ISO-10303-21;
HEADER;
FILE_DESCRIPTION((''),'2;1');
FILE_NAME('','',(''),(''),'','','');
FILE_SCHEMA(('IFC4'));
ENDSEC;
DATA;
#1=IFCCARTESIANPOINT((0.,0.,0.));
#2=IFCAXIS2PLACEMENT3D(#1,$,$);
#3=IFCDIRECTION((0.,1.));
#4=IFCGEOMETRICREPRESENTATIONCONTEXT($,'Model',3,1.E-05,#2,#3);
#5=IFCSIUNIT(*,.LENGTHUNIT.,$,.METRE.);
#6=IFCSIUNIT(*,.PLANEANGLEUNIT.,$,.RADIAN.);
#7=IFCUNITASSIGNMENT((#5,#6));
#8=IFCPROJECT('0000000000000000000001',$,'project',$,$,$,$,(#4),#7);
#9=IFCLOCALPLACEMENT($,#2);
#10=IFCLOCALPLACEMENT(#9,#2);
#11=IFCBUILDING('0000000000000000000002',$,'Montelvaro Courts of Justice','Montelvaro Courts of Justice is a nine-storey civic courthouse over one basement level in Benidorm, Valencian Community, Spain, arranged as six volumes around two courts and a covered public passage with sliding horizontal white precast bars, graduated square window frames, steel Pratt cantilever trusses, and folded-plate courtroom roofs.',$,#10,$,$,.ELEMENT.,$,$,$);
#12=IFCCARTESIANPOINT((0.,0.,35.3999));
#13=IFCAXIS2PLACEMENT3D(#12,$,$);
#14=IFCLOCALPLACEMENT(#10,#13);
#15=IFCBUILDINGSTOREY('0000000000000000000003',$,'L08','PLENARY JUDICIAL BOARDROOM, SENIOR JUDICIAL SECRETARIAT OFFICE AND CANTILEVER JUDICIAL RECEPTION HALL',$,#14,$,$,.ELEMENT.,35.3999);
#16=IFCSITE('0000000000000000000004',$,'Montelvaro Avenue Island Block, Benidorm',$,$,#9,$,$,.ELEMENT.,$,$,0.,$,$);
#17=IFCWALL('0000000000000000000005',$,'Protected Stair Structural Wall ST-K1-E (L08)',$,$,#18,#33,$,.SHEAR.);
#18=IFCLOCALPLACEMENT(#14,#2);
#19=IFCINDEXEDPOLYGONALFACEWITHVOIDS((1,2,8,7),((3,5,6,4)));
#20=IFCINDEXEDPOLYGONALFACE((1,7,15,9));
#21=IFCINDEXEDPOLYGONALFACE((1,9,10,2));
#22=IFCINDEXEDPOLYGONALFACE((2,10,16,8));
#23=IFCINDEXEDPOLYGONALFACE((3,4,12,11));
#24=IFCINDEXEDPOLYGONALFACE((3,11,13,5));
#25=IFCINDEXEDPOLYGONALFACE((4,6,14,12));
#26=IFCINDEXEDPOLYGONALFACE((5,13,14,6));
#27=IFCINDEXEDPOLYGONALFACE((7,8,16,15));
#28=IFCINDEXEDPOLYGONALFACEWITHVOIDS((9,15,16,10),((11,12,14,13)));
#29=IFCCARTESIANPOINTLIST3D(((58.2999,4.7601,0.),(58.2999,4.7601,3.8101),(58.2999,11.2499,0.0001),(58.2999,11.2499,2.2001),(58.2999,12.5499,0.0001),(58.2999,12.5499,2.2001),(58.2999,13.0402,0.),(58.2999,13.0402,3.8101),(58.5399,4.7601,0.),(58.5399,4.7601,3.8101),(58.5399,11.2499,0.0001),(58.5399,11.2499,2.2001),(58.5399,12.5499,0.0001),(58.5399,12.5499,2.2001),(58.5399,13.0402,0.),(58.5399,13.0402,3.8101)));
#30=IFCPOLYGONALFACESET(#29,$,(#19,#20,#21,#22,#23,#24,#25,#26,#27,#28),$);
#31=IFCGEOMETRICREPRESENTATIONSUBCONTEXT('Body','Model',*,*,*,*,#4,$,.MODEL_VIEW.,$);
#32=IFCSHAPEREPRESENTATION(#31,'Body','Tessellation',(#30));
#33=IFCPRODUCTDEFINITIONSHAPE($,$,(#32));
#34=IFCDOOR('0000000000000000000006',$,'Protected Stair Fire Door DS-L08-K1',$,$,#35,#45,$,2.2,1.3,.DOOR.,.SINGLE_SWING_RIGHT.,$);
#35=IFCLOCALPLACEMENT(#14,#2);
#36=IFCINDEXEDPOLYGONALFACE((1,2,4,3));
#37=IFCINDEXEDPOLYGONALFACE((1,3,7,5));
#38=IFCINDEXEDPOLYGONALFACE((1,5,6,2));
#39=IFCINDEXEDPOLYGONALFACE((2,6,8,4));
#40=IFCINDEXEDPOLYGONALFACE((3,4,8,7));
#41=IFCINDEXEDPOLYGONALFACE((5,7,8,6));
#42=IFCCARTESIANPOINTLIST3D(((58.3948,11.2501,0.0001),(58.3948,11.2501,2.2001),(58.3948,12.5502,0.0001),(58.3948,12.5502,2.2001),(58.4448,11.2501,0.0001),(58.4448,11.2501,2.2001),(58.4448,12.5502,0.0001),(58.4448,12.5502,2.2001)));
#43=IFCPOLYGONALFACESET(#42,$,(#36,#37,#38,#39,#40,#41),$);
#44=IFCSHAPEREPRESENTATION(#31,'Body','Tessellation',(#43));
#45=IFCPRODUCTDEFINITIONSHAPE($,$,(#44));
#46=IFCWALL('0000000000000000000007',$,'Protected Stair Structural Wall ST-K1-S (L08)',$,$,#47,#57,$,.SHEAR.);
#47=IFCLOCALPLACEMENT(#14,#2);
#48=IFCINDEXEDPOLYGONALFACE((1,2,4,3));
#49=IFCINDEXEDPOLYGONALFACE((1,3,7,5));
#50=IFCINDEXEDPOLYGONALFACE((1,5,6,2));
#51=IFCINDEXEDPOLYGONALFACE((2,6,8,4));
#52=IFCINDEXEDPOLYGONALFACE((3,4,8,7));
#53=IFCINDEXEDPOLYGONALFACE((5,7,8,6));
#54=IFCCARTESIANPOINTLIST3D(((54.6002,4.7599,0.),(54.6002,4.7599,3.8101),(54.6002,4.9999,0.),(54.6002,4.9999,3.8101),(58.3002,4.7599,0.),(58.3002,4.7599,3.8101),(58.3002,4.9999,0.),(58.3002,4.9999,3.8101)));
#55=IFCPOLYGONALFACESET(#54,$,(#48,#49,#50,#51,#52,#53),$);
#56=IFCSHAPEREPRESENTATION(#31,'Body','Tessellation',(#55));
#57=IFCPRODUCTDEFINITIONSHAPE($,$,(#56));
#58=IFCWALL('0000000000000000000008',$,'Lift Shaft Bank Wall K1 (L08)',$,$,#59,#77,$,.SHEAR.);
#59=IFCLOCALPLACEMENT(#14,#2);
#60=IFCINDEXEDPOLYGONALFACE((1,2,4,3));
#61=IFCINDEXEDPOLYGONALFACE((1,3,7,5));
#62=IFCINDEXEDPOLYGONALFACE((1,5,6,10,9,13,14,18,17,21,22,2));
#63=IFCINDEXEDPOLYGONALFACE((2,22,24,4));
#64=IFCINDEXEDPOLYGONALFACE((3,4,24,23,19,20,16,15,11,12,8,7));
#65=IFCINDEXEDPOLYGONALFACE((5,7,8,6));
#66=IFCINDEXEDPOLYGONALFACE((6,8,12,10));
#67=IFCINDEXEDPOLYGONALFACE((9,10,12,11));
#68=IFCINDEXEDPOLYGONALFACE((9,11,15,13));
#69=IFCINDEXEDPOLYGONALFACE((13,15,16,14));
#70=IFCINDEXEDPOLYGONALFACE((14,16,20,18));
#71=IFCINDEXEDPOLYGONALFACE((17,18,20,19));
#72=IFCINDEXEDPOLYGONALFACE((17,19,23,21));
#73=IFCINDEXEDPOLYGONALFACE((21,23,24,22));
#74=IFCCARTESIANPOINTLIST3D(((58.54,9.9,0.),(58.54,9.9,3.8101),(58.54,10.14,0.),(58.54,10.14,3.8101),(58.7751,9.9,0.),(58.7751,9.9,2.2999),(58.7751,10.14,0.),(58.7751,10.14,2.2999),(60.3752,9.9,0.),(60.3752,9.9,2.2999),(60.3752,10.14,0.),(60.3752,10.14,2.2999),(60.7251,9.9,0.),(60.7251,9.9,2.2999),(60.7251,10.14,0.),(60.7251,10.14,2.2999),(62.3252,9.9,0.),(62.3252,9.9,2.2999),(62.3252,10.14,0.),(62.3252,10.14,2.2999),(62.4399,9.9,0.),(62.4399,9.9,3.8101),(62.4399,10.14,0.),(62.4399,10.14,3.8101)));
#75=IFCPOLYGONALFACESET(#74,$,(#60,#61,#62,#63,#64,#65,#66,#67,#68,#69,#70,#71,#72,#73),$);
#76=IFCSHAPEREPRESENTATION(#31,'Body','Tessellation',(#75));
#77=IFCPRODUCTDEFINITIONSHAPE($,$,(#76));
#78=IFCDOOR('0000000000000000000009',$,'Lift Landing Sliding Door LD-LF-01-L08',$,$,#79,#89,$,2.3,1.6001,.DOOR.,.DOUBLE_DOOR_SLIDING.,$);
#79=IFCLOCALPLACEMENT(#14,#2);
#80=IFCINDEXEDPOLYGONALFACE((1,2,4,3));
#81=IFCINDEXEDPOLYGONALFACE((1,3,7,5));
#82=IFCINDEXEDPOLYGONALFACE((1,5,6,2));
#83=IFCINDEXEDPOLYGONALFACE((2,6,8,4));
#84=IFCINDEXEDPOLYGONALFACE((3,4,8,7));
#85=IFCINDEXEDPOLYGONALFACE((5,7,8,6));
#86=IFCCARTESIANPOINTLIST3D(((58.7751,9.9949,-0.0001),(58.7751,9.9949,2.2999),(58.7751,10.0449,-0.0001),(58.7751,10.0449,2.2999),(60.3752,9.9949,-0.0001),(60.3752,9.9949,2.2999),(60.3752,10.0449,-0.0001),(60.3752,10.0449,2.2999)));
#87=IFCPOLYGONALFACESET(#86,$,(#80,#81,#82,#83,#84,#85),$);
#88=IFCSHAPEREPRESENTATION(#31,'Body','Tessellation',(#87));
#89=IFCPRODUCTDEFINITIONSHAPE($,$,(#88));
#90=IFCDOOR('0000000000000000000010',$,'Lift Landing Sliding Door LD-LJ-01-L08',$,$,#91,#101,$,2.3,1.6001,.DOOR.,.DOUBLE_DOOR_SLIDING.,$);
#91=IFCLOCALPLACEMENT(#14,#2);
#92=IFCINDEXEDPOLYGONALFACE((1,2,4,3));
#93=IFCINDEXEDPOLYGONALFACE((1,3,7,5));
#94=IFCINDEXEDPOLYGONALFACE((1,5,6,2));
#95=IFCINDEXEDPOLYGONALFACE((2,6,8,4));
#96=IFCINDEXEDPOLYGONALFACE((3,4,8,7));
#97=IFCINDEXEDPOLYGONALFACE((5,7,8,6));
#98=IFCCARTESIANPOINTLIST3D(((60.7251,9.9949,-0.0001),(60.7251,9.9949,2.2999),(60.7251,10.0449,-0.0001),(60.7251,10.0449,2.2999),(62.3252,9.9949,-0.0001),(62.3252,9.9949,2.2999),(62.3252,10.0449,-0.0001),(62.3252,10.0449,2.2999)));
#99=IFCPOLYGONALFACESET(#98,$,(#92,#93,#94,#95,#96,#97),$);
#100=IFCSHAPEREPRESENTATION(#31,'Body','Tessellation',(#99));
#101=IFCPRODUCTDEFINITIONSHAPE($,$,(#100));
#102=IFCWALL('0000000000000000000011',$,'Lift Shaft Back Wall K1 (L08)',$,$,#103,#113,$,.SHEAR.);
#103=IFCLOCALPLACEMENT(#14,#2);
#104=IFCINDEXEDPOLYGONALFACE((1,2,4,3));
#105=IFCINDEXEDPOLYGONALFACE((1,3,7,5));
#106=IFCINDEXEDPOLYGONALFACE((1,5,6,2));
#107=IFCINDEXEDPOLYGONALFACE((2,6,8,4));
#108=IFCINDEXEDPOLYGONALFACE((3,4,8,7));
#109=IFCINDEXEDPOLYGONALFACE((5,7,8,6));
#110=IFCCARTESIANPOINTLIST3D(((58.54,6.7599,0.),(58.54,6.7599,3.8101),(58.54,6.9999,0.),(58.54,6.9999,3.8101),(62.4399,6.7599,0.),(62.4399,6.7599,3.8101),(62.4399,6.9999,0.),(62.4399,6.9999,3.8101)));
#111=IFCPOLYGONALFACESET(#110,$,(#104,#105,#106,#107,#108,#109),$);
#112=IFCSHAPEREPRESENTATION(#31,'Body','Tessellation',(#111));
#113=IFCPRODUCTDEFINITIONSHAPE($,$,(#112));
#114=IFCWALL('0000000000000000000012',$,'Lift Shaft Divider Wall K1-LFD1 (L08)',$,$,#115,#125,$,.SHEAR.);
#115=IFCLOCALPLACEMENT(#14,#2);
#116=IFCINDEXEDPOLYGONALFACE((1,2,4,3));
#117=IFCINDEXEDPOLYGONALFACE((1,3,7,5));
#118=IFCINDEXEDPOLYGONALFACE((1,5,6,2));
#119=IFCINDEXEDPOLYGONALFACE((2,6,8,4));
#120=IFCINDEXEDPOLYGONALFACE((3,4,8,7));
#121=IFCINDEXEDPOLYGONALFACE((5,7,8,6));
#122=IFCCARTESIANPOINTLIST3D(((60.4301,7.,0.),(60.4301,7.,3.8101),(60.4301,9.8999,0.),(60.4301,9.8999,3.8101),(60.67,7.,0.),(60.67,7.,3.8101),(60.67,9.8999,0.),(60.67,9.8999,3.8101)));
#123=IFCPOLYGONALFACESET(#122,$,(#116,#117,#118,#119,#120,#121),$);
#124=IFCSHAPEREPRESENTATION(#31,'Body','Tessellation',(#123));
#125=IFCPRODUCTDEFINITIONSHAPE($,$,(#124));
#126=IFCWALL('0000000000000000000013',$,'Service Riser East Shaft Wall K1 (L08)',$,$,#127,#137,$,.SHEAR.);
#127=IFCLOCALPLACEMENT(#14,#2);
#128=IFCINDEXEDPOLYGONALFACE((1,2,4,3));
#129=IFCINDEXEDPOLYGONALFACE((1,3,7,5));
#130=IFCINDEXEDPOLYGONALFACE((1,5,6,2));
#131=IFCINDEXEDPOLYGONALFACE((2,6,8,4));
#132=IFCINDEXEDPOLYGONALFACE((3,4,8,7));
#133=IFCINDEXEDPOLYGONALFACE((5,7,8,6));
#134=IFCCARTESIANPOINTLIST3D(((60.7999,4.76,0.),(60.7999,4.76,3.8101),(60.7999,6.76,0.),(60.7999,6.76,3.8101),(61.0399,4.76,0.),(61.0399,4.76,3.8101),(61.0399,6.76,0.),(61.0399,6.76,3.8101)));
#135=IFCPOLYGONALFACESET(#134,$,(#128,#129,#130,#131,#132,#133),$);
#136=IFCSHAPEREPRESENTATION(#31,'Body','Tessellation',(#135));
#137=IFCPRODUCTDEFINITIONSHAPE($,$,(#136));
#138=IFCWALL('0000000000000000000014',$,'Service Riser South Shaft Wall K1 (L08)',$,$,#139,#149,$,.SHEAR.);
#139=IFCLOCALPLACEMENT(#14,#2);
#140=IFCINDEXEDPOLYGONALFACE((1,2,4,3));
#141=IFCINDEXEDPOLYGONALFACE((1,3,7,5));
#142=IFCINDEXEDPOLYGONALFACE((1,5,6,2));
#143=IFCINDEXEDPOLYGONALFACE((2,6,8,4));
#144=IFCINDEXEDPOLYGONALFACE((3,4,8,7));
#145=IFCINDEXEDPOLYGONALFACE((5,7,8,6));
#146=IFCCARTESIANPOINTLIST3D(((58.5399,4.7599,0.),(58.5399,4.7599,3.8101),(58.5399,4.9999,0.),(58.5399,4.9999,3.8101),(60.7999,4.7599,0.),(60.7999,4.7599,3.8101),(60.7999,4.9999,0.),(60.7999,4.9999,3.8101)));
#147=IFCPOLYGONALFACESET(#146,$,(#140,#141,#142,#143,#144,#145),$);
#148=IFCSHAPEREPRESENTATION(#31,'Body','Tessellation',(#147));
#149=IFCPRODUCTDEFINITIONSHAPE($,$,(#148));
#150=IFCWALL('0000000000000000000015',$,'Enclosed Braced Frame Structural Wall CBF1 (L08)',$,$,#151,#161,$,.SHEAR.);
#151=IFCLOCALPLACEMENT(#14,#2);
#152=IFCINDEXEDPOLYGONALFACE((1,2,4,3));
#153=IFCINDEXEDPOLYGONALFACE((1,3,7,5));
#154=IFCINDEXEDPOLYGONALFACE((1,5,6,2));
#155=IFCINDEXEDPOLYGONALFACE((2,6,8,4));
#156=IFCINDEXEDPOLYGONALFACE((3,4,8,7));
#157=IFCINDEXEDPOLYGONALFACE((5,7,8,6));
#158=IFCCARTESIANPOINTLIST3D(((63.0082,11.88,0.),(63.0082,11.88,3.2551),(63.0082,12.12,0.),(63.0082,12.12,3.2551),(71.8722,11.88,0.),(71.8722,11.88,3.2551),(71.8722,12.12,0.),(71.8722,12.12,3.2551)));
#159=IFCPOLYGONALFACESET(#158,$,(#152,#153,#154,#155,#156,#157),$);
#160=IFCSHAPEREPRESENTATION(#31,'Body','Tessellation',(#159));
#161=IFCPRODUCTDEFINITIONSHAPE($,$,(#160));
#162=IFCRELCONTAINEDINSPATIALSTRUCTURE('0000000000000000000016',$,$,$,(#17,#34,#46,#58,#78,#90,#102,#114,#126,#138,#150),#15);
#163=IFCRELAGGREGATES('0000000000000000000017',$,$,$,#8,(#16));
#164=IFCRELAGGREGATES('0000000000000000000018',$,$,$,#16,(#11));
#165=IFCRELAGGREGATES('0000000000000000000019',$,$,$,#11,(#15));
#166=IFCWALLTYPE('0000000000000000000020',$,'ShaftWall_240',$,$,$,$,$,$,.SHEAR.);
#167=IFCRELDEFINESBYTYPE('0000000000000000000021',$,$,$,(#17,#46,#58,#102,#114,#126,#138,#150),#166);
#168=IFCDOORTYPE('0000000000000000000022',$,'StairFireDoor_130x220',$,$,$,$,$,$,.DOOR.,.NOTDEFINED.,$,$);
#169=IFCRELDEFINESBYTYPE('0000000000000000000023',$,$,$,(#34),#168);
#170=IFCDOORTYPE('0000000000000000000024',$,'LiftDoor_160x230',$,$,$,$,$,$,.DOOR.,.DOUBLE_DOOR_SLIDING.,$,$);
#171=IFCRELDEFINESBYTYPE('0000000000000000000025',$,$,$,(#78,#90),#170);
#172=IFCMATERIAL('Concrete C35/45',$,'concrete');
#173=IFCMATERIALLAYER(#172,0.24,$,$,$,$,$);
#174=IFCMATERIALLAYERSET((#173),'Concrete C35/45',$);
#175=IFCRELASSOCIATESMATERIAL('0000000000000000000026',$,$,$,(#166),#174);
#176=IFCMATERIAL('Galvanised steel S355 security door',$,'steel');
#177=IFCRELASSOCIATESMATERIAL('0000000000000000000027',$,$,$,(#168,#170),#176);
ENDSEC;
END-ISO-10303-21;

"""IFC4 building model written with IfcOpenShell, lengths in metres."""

from ifc_helpers import new_model, si_unit, direction, frame, frame_2d, origin, place, context, subcontext, project, spatial, rectangle, extrude, material, layer, layer_set, type_object, element, fill, save


model = new_model("IFC4")

# Units and contexts
model_context = context("Model", 3, precision=1e-05, world=origin(), true_north=direction((0.0, 1.0)))
body_context = subcontext(model_context, "Body", "Model", "MODEL_VIEW")
ifc_project = project(units=[si_unit("LENGTHUNIT", "METRE"), si_unit("PLANEANGLEUNIT", "RADIAN")], contexts=[model_context])

# Site, building, storey
site_placement = place(None, origin())
site = spatial("IfcSite", under=ifc_project, at=site_placement, Name="Montelvaro Avenue Island Block, Benidorm", CompositionType="ELEMENT", RefElevation=0.0)
building_placement = place(site_placement, origin())
building = spatial("IfcBuilding", under=site, at=building_placement, Name="Montelvaro Courts of Justice", Description="Montelvaro Courts of Justice is a nine-storey civic courthouse over one basement level in Benidorm, Valencian Community, Spain, arranged as six volumes around two courts and a covered public passage with sliding horizontal white precast bars, graduated square window frames, steel Pratt cantilever trusses, and folded-plate courtroom roofs.", CompositionType="ELEMENT")
storey_placement = place(building_placement, frame((0.0, 0.0, 35.3999)))
storey = spatial("IfcBuildingStorey", under=building, at=storey_placement, Name="L08", Description="PLENARY JUDICIAL BOARDROOM, SENIOR JUDICIAL SECRETARIAT OFFICE AND CANTILEVER JUDICIAL RECEPTION HALL", CompositionType="ELEMENT", Elevation=35.3999)

# Wall, opening, door
ifc_material_1 = material(Name="Concrete C35/45", Category="concrete")
ifc_layer_1 = layer(ifc_material_1, 0.24)
ifc_layer_set_1 = layer_set([ifc_layer_1], Name="Concrete C35/45")
wall_type_1 = type_object("IfcWallType", Name="ShaftWall_240", PredefinedType="SHEAR", material=ifc_layer_set_1)
wall_1_placement = place(storey_placement, frame((58.4199, 4.76, 0.0), z_axis=(0.0, 0.0, 1.0), x_axis=(0.0, 1.0, 0.0)))
wall_1 = element("IfcWall", 1, at=wall_1_placement, inside=storey, type_object=wall_type_1, Name="Protected Stair Structural Wall ST-K1-E (L08)", PredefinedType="SHEAR", context=body_context, shape_type="SweptSolid", body=[
    extrude(rectangle(XDim=8.28, YDim=0.24, at=frame_2d((4.1401, 0.0))), origin(), (0.0, 0.0, 1.0), 3.8101),
])
opening_1_placement = place(wall_1_placement, frame((6.49, 0.0, 0.0)))
opening_1 = element("IfcOpeningElement", 2, at=opening_1_placement, cuts=wall_1, PredefinedType="OPENING", context=body_context, shape_type="SweptSolid", body=[
    extrude(rectangle(XDim=1.3, YDim=2.2, at=frame_2d((0.6499, 1.1001))), frame((0.0, 0.1348, 0.0), z_axis=(0.0, -1.0, 0.0), x_axis=(1.0, 0.0, 0.0)), (0.0, 0.0, 1.0), 0.2698),
])
ifc_material_2 = material(Name="Galvanised steel S355 security door", Category="steel")
door_type_1 = type_object("IfcDoorType", Name="StairFireDoor_130x220", OperationType="NOTDEFINED", PredefinedType="DOOR", material=ifc_material_2)
door_1_placement = place(opening_1_placement, frame((1.3, 0.0, 0.0), z_axis=(0.0, 0.0, 1.0), x_axis=(-1.0, 0.0, 0.0)))
door_1 = element("IfcDoor", 3, at=door_1_placement, inside=storey, type_object=door_type_1, Name="Protected Stair Fire Door DS-L08-K1", OperationType="SINGLE_SWING_RIGHT", OverallHeight=2.2, OverallWidth=1.3, PredefinedType="DOOR", context=body_context, shape_type="SweptSolid", body=[
    extrude(rectangle(XDim=1.3, YDim=2.2, at=frame_2d((0.6499, 1.1001))), frame((0.0, 0.0249, 0.0), z_axis=(0.0, -1.0, 0.0), x_axis=(1.0, 0.0, 0.0)), (0.0, 0.0, 1.0), 0.05),
])
fill(opening_1, door_1)

# Wall
wall_2_placement = place(storey_placement, frame((54.6001, 4.8799, 0.0), z_axis=(0.0, 0.0, 1.0), x_axis=(1.0, 0.0, 0.0)))
element("IfcWall", 4, at=wall_2_placement, inside=storey, type_object=wall_type_1, Name="Protected Stair Structural Wall ST-K1-S (L08)", PredefinedType="SHEAR", context=body_context, shape_type="SweptSolid", body=[
    extrude(rectangle(XDim=3.7, YDim=0.24, at=frame_2d((1.8501, 0.0))), origin(), (0.0, 0.0, 1.0), 3.8101),
])

# Wall, openings, doors
wall_3_placement = place(storey_placement, frame((58.54, 10.02, 0.0), z_axis=(0.0, 0.0, 1.0), x_axis=(1.0, 0.0, 0.0)))
wall_3 = element("IfcWall", 5, at=wall_3_placement, inside=storey, type_object=wall_type_1, Name="Lift Shaft Bank Wall K1 (L08)", PredefinedType="SHEAR", context=body_context, shape_type="SweptSolid", body=[
    extrude(rectangle(XDim=3.8999, YDim=0.24, at=frame_2d((1.95, 0.0))), origin(), (0.0, 0.0, 1.0), 3.8101),
])
opening_2_placement = place(wall_3_placement, frame((0.2351, 0.0, 0.0)))
opening_2 = element("IfcOpeningElement", 6, at=opening_2_placement, cuts=wall_3, PredefinedType="OPENING", context=body_context, shape_type="SweptSolid", body=[
    extrude(rectangle(XDim=1.6001, YDim=2.3, at=frame_2d((0.8, 1.1499))), frame((0.0, 0.1348, 0.0), z_axis=(0.0, -1.0, 0.0), x_axis=(1.0, 0.0, 0.0)), (0.0, 0.0, 1.0), 0.2698),
])
opening_3_placement = place(wall_3_placement, frame((2.1851, 0.0, 0.0)))
opening_3 = element("IfcOpeningElement", 7, at=opening_3_placement, cuts=wall_3, PredefinedType="OPENING", context=body_context, shape_type="SweptSolid", body=[
    extrude(rectangle(XDim=1.6001, YDim=2.3, at=frame_2d((0.8, 1.1499))), frame((0.0, 0.1348, 0.0), z_axis=(0.0, -1.0, 0.0), x_axis=(1.0, 0.0, 0.0)), (0.0, 0.0, 1.0), 0.2698),
])
door_type_2 = type_object("IfcDoorType", Name="LiftDoor_160x230", OperationType="DOUBLE_DOOR_SLIDING", PredefinedType="DOOR", material=ifc_material_2)
door_2_placement = place(opening_2_placement, origin())
door_2 = element("IfcDoor", 8, at=door_2_placement, inside=storey, type_object=door_type_2, Name="Lift Landing Sliding Door LD-LF-01-L08", OperationType="DOUBLE_DOOR_SLIDING", OverallHeight=2.3, OverallWidth=1.6001, PredefinedType="DOOR", context=body_context, shape_type="SweptSolid", body=[
    extrude(rectangle(XDim=1.6001, YDim=2.3, at=frame_2d((0.8, 1.1499))), frame((0.0, 0.0249, 0.0), z_axis=(0.0, -1.0, 0.0), x_axis=(1.0, 0.0, 0.0)), (0.0, 0.0, 1.0), 0.05),
])
fill(opening_2, door_2)
door_3_placement = place(opening_3_placement, origin())
door_3 = element("IfcDoor", 9, at=door_3_placement, inside=storey, type_object=door_type_2, Name="Lift Landing Sliding Door LD-LJ-01-L08", OperationType="DOUBLE_DOOR_SLIDING", OverallHeight=2.3, OverallWidth=1.6001, PredefinedType="DOOR", context=body_context, shape_type="SweptSolid", body=[
    extrude(rectangle(XDim=1.6001, YDim=2.3, at=frame_2d((0.8, 1.1499))), frame((0.0, 0.0249, 0.0), z_axis=(0.0, -1.0, 0.0), x_axis=(1.0, 0.0, 0.0)), (0.0, 0.0, 1.0), 0.05),
])
fill(opening_3, door_3)

# Walls
wall_4_placement = place(storey_placement, frame((58.54, 6.8799, 0.0), z_axis=(0.0, 0.0, 1.0), x_axis=(1.0, 0.0, 0.0)))
element("IfcWall", 10, at=wall_4_placement, inside=storey, type_object=wall_type_1, Name="Lift Shaft Back Wall K1 (L08)", PredefinedType="SHEAR", context=body_context, shape_type="SweptSolid", body=[
    extrude(rectangle(XDim=3.8999, YDim=0.24, at=frame_2d((1.95, 0.0))), origin(), (0.0, 0.0, 1.0), 3.8101),
])
wall_5_placement = place(storey_placement, frame((60.55, 7.0, 0.0), z_axis=(0.0, 0.0, 1.0), x_axis=(0.0, 1.0, 0.0)))
element("IfcWall", 11, at=wall_5_placement, inside=storey, type_object=wall_type_1, Name="Lift Shaft Divider Wall K1-LFD1 (L08)", PredefinedType="SHEAR", context=body_context, shape_type="SweptSolid", body=[
    extrude(rectangle(XDim=2.8999, YDim=0.24, at=frame_2d((1.45, 0.0))), origin(), (0.0, 0.0, 1.0), 3.8101),
])
wall_6_placement = place(storey_placement, frame((60.9199, 4.76, 0.0), z_axis=(0.0, 0.0, 1.0), x_axis=(0.0, 1.0, 0.0)))
element("IfcWall", 12, at=wall_6_placement, inside=storey, type_object=wall_type_1, Name="Service Riser East Shaft Wall K1 (L08)", PredefinedType="SHEAR", context=body_context, shape_type="SweptSolid", body=[
    extrude(rectangle(XDim=2.0, YDim=0.24, at=frame_2d((1.0, 0.0))), origin(), (0.0, 0.0, 1.0), 3.8101),
])
wall_7_placement = place(storey_placement, frame((58.54, 4.8799, 0.0), z_axis=(0.0, 0.0, 1.0), x_axis=(1.0, 0.0, 0.0)))
element("IfcWall", 13, at=wall_7_placement, inside=storey, type_object=wall_type_1, Name="Service Riser South Shaft Wall K1 (L08)", PredefinedType="SHEAR", context=body_context, shape_type="SweptSolid", body=[
    extrude(rectangle(XDim=2.26, YDim=0.24, at=frame_2d((1.1299, 0.0))), origin(), (0.0, 0.0, 1.0), 3.8101),
])
wall_8_placement = place(storey_placement, frame((63.0081, 12.0, 0.0), z_axis=(0.0, 0.0, 1.0), x_axis=(1.0, 0.0, 0.0)))
element("IfcWall", 14, at=wall_8_placement, inside=storey, type_object=wall_type_1, Name="Enclosed Braced Frame Structural Wall CBF1 (L08)", PredefinedType="SHEAR", context=body_context, shape_type="SweptSolid", body=[
    extrude(rectangle(XDim=8.864, YDim=0.24, at=frame_2d((4.4321, 0.0))), origin(), (0.0, 0.0, 1.0), 3.2551),
])

save(model, "model.ifc")
